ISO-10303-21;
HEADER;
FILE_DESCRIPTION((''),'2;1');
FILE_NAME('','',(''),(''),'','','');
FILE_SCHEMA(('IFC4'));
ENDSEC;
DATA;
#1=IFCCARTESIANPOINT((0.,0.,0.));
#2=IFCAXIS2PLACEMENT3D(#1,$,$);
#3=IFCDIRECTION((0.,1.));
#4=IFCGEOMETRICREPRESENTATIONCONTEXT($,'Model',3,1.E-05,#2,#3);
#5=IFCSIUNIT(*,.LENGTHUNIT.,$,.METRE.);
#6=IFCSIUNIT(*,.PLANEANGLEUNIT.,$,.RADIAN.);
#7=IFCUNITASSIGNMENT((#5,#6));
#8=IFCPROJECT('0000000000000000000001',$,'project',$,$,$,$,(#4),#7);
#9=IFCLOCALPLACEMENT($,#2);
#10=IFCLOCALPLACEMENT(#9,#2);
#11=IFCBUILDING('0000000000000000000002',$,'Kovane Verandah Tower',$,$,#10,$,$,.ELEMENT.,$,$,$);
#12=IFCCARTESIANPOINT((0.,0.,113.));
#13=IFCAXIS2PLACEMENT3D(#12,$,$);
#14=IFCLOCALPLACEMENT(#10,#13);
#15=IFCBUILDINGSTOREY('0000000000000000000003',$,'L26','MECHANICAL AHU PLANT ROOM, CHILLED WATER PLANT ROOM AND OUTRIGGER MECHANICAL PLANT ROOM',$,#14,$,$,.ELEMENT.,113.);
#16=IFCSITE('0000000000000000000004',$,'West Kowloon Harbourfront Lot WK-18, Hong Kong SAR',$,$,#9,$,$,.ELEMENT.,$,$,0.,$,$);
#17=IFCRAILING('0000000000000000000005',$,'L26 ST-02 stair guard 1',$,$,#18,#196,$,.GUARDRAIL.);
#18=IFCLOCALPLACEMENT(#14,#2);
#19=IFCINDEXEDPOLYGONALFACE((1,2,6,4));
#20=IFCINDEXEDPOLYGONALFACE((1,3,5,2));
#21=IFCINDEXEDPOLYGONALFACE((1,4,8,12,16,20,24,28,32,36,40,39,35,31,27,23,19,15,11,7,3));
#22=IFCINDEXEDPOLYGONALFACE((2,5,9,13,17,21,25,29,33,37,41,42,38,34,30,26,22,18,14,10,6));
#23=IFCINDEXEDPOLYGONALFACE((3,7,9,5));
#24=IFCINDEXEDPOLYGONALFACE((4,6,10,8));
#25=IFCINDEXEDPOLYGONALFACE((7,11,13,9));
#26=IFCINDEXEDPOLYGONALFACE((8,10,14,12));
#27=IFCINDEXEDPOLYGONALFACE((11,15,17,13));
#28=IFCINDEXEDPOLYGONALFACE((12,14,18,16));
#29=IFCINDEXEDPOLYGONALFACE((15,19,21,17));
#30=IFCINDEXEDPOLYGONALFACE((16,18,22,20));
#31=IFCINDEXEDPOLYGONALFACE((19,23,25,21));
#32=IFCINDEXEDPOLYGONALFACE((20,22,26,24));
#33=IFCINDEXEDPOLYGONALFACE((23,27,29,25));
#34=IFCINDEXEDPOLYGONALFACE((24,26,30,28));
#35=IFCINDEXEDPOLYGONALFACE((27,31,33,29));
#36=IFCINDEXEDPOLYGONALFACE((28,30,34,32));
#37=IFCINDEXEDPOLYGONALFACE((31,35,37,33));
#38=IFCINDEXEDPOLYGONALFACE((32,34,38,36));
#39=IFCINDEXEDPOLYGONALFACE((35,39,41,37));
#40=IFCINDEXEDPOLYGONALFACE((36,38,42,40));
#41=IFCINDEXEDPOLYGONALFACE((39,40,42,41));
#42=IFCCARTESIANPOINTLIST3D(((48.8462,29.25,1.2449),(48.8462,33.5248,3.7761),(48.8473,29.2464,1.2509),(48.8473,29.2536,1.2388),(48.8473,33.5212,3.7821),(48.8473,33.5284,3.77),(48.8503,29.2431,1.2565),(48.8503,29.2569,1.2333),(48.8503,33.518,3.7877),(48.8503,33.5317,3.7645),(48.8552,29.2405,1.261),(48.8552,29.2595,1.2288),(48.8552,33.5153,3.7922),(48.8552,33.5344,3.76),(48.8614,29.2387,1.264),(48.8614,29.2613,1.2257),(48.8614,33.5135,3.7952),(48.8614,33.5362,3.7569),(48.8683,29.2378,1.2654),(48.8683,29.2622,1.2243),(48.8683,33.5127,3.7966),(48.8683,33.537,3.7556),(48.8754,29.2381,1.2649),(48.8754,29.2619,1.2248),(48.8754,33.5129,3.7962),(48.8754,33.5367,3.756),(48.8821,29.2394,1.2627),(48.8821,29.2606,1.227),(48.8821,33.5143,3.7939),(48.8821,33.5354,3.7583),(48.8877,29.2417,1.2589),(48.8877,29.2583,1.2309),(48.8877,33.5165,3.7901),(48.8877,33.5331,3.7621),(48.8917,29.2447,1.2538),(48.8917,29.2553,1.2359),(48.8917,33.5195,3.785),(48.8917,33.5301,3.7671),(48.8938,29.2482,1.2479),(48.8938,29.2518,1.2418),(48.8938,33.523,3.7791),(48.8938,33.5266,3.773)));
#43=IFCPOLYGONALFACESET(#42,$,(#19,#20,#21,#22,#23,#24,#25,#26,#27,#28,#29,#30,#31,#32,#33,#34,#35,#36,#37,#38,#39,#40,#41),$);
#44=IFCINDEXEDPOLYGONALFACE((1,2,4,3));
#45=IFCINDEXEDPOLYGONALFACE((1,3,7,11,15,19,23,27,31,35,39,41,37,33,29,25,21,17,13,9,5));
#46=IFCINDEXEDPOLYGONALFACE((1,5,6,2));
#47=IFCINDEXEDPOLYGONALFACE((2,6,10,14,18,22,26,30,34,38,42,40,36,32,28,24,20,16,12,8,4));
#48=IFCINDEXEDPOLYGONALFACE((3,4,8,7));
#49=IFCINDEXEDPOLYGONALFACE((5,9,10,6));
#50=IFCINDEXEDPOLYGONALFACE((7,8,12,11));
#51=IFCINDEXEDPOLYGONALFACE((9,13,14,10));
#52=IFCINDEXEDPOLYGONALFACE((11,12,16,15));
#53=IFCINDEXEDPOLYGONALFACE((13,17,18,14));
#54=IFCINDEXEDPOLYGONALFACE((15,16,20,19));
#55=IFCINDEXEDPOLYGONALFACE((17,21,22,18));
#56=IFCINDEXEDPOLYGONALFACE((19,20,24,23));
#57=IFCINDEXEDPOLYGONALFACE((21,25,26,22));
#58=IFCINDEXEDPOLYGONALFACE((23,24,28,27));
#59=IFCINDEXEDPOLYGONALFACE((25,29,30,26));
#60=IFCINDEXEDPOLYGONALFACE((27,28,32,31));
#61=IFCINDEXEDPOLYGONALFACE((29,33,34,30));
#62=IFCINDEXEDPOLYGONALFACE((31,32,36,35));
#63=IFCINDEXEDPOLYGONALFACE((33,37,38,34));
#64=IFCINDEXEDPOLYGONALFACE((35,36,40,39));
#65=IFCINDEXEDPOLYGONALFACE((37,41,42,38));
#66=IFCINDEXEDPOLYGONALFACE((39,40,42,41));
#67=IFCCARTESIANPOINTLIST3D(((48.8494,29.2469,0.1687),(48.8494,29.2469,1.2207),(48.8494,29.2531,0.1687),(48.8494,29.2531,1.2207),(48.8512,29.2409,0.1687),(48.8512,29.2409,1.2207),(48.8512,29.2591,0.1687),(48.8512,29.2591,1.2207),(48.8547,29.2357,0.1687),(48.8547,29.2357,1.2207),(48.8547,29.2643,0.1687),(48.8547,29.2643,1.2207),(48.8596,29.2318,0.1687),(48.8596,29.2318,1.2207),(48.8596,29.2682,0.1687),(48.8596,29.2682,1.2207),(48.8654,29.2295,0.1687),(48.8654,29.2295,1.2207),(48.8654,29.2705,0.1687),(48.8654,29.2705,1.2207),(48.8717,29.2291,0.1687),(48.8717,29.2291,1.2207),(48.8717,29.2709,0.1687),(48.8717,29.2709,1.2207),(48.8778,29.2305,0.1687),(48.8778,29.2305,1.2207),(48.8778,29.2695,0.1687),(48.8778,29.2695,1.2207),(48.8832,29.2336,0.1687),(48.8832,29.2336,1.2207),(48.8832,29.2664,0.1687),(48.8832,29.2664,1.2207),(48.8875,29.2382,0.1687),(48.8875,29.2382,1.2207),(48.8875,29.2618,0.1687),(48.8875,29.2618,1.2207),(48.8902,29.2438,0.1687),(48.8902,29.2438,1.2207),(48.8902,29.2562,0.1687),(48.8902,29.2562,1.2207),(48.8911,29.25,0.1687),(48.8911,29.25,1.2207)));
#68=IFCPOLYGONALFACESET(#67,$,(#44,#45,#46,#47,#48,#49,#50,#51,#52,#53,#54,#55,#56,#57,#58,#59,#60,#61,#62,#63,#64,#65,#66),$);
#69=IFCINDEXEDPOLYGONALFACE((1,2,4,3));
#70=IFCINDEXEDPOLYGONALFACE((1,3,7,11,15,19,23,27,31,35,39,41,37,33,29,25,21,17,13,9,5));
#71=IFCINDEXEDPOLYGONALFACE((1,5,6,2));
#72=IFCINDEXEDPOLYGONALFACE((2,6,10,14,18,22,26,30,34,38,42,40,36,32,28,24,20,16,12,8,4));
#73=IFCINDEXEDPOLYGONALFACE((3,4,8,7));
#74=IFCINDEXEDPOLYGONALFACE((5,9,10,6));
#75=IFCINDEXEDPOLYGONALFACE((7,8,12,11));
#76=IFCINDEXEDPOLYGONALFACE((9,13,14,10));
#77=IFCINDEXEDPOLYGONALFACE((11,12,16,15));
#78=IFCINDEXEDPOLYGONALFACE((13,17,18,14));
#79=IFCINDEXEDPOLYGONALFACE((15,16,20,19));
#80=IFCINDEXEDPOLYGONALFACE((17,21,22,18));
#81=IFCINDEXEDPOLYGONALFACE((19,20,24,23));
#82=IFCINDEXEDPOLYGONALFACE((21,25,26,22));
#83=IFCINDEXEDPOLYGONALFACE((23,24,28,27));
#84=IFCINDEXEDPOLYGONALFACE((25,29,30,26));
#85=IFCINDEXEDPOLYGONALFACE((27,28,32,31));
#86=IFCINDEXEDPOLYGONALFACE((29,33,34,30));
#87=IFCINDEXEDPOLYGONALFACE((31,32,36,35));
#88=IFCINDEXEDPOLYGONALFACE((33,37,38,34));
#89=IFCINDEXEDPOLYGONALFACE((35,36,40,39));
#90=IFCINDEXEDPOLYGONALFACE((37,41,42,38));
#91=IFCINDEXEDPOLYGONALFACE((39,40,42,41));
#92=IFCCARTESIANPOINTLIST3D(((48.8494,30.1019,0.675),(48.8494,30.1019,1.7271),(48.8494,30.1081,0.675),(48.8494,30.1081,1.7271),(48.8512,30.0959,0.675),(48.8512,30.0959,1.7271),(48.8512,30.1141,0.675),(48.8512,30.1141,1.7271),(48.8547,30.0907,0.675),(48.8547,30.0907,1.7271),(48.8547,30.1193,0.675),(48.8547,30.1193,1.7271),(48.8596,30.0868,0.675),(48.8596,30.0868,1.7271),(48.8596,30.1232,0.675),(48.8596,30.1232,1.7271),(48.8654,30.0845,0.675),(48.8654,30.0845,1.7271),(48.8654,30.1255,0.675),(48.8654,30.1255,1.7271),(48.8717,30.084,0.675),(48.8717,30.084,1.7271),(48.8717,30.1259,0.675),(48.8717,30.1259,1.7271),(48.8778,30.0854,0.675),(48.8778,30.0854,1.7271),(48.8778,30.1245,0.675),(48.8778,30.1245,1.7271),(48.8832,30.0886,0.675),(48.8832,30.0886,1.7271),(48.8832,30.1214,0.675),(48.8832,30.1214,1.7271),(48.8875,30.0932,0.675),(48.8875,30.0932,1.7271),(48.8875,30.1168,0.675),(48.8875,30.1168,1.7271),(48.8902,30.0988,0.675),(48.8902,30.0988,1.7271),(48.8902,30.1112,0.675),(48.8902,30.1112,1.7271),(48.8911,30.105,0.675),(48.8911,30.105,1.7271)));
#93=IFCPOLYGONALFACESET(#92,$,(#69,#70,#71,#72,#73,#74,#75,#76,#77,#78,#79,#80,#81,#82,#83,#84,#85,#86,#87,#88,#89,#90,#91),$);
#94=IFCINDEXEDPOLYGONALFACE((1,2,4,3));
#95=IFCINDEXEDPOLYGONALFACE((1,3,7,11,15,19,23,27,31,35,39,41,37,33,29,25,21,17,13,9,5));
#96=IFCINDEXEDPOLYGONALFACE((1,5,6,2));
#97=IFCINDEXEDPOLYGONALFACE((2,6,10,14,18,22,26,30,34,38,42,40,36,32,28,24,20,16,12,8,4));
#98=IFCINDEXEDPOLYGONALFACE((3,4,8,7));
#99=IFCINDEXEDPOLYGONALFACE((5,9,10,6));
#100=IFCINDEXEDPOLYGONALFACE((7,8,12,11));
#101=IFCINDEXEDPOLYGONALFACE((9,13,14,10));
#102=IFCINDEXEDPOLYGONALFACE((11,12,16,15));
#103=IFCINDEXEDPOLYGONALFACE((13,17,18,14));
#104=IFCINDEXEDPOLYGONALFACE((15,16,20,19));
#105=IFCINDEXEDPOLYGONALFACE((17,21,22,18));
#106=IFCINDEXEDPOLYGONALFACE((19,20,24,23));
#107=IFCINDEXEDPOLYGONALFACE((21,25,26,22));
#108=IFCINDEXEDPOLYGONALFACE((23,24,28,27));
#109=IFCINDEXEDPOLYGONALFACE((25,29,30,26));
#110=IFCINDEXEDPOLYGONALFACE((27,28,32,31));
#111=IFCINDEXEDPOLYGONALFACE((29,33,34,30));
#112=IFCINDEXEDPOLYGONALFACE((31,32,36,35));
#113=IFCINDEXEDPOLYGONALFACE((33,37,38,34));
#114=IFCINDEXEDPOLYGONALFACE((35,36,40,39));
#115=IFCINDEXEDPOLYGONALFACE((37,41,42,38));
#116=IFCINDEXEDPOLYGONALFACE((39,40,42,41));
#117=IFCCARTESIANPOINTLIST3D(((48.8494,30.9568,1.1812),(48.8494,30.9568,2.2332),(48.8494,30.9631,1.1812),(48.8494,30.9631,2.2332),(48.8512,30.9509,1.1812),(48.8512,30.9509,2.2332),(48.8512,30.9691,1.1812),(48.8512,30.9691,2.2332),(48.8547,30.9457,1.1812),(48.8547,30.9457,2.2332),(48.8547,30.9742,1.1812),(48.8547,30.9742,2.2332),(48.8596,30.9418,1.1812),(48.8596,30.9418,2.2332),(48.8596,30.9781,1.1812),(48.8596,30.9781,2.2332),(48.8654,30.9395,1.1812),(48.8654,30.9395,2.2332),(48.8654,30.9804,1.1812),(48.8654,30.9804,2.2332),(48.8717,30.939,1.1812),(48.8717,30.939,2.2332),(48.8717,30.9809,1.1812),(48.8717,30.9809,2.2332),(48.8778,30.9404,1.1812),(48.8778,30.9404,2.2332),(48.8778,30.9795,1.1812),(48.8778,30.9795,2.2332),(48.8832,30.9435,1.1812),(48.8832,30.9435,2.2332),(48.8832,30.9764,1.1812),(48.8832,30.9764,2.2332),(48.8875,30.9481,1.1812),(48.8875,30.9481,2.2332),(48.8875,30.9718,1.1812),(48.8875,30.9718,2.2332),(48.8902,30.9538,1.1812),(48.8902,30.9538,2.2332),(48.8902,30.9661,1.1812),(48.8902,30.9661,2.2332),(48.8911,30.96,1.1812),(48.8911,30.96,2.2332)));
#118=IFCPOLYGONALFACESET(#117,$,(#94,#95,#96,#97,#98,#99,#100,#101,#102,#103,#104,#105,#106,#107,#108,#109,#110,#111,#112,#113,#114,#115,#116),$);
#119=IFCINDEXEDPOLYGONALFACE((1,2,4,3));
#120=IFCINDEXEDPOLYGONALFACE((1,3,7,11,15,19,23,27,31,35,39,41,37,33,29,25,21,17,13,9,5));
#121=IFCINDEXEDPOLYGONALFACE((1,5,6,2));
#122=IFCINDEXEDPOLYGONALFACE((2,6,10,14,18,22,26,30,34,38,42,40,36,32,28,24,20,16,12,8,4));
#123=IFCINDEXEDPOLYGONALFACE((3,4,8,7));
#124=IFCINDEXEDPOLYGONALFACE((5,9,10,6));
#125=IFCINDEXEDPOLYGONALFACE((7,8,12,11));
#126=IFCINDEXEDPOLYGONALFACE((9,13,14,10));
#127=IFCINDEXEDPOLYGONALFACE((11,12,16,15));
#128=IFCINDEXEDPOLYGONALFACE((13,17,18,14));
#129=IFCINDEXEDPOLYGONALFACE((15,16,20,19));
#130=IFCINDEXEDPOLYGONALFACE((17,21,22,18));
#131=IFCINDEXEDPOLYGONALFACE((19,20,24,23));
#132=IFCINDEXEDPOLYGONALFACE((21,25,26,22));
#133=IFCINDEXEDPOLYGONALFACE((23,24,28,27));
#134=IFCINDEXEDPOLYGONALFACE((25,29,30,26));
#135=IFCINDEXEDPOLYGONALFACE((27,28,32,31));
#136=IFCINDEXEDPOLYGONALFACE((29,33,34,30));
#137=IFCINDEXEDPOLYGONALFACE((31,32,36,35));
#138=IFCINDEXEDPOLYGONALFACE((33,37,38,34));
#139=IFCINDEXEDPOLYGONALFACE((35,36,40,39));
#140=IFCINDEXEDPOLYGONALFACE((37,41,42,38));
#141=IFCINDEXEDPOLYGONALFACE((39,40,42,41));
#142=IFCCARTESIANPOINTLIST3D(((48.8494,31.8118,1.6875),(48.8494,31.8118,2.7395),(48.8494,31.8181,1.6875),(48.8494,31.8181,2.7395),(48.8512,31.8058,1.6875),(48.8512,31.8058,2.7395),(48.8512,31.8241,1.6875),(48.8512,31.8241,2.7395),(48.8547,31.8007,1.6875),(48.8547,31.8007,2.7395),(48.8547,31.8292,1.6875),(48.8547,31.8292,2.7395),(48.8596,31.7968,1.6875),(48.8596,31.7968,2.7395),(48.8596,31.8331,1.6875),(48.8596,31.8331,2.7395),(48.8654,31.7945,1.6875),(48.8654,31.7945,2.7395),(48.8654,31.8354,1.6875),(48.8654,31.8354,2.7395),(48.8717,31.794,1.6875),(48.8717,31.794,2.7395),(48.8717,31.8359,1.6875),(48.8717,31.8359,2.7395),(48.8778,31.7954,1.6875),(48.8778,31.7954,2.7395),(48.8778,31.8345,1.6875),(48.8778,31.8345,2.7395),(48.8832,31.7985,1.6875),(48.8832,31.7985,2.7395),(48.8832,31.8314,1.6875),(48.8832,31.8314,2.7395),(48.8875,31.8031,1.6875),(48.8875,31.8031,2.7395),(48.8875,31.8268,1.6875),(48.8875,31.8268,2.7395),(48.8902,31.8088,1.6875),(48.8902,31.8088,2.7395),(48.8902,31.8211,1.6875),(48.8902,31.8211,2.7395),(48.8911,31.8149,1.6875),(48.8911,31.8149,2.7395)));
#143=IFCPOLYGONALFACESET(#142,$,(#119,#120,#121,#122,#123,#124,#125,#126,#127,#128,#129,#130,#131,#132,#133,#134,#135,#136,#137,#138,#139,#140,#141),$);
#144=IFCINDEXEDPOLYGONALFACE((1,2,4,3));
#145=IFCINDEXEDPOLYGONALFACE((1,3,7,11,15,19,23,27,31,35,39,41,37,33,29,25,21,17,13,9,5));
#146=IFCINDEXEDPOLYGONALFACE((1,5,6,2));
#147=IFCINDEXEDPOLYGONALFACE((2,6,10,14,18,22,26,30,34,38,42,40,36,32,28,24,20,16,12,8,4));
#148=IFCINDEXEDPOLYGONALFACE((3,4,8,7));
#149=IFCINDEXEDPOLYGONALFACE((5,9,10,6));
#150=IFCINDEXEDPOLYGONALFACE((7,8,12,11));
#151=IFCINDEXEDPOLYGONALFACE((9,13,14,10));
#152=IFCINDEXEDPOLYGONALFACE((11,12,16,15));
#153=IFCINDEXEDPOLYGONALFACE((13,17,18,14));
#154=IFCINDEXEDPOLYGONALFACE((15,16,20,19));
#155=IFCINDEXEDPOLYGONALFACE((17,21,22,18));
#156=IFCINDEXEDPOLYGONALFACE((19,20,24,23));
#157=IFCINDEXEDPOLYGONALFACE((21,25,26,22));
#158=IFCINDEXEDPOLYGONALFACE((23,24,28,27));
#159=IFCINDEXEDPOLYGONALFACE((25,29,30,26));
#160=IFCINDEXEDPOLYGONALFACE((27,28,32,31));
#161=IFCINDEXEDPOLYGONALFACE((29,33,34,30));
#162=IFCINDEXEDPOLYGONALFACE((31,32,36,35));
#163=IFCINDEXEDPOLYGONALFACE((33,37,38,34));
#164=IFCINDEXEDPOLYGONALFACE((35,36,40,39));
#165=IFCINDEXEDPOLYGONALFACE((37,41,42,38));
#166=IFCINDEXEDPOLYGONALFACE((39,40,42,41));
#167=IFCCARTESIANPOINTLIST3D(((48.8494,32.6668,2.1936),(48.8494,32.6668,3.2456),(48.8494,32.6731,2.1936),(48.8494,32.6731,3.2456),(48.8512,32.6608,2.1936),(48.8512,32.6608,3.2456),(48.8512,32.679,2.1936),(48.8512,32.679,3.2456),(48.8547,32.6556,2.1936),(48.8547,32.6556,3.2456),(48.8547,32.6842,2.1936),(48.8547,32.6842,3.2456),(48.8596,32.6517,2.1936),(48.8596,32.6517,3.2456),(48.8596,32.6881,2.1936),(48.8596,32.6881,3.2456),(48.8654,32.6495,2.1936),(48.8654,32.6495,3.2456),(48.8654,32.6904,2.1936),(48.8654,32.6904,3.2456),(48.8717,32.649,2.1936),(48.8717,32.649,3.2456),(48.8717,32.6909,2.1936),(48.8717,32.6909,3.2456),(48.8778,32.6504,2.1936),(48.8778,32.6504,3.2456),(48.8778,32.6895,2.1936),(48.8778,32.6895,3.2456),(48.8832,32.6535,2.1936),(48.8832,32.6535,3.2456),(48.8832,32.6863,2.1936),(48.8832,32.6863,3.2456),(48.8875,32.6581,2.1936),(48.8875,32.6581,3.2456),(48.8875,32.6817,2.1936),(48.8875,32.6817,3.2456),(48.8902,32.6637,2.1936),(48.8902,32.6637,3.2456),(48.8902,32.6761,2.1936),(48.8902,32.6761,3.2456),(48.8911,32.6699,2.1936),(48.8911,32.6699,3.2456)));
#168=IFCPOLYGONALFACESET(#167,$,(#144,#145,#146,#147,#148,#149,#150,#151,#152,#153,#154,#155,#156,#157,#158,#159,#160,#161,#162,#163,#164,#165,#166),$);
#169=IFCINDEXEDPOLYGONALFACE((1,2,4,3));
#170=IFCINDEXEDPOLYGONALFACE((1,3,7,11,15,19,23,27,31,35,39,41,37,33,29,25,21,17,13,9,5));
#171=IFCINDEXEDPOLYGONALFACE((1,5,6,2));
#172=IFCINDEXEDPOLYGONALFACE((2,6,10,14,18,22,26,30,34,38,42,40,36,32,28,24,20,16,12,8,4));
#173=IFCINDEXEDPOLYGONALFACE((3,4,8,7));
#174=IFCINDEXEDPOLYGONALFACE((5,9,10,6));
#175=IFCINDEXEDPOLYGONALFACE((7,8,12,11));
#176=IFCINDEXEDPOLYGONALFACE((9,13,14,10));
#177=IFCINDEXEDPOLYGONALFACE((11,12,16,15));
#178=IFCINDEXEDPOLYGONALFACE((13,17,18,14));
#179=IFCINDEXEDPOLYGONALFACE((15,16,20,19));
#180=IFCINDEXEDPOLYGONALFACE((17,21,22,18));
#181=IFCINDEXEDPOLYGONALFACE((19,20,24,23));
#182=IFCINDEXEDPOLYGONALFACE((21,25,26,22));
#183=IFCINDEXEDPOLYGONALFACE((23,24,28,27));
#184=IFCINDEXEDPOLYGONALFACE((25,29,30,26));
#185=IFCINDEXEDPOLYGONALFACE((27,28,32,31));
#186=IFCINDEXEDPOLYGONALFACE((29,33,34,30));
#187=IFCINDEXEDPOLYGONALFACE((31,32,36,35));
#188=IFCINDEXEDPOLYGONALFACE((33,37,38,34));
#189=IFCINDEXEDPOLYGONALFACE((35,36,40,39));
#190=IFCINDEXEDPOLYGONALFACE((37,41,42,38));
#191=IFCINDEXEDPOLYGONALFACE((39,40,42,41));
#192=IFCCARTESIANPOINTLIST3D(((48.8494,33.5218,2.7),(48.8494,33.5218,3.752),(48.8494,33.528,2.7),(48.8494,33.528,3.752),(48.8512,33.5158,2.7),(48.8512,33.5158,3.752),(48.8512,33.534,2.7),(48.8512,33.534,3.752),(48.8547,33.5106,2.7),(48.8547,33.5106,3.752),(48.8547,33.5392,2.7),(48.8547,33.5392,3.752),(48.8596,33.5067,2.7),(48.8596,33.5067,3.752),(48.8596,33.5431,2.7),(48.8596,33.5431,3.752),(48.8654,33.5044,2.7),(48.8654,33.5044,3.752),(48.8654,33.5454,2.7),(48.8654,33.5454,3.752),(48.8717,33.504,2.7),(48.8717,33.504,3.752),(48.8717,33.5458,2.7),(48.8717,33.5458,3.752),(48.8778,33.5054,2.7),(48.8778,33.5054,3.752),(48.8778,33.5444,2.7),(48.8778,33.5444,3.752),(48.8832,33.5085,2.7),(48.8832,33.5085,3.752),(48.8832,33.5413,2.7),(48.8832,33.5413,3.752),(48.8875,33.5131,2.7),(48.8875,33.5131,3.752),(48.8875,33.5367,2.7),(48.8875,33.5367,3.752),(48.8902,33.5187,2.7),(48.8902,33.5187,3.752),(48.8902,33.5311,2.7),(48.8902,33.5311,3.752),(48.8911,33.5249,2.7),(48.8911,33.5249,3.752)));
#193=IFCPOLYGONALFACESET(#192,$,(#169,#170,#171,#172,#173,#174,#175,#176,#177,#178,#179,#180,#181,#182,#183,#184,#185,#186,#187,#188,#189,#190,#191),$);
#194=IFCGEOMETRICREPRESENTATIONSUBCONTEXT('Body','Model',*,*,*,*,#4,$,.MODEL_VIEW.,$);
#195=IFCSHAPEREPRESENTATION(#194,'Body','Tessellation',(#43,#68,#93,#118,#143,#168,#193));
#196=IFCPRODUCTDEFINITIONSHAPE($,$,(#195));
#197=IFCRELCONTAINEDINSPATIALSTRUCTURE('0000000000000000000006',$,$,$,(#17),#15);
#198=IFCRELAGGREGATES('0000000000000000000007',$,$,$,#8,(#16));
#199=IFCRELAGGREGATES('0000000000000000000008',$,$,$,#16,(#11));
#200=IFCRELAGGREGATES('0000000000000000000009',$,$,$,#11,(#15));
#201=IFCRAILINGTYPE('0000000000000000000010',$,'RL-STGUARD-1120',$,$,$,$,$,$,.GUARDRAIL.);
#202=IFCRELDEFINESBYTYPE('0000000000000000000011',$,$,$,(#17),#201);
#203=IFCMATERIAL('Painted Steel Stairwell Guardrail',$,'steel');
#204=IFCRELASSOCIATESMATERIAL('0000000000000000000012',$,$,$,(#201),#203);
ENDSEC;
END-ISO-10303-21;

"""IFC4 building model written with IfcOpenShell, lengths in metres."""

from ifc_helpers import new_model, si_unit, direction, frame, origin, origin_2d, place, context, subcontext, project, spatial, circle, extrude, material, type_object, element, save


model = new_model("IFC4")

# Units and contexts
model_context = context("Model", 3, precision=1e-05, world=origin(), true_north=direction((0.0, 1.0)))
body_context = subcontext(model_context, "Body", "Model", "MODEL_VIEW")
ifc_project = project(units=[si_unit("LENGTHUNIT", "METRE"), si_unit("PLANEANGLEUNIT", "RADIAN")], contexts=[model_context])

# Site, building, storey
site_placement = place(None, origin())
site = spatial("IfcSite", under=ifc_project, at=site_placement, Name="West Kowloon Harbourfront Lot WK-18, Hong Kong SAR", CompositionType="ELEMENT", RefElevation=0.0)
building_placement = place(site_placement, origin())
building = spatial("IfcBuilding", under=site, at=building_placement, Name="Kovane Verandah Tower", CompositionType="ELEMENT")
storey_placement = place(building_placement, frame((0.0, 0.0, 113.0)))
storey = spatial("IfcBuildingStorey", under=building, at=storey_placement, Name="L26", Description="MECHANICAL AHU PLANT ROOM, CHILLED WATER PLANT ROOM AND OUTRIGGER MECHANICAL PLANT ROOM", CompositionType="ELEMENT", Elevation=113.0)

# Railing
ifc_material_1 = material(Name="Painted Steel Stairwell Guardrail", Category="steel")
railing_type_1 = type_object("IfcRailingType", Name="RL-STGUARD-1120", PredefinedType="GUARDRAIL", material=ifc_material_1)
railing_1_placement = place(storey_placement, frame((48.8701, 29.25, 0.1687)))
element("IfcRailing", 1, at=railing_1_placement, inside=storey, type_object=railing_type_1, Name="L26 ST-02 stair guard 1", PredefinedType="GUARDRAIL", context=body_context, shape_type="SweptSolid", body=[
    extrude(circle(Radius=0.0239, at=origin_2d()), frame((0.0, 0.0, 1.0762), z_axis=(0.0, 0.86047, 0.509501), x_axis=(-1.0, 0.0, 0.0)), (0.0, 0.0, 1.0), 4.968),
    extrude(circle(Radius=0.021, at=origin_2d()), origin(), (0.0, 0.0, 1.0), 1.052),
    extrude(circle(Radius=0.021, at=origin_2d()), frame((0.0, 0.855, 0.5063)), (0.0, 0.0, 1.0), 1.052),
    extrude(circle(Radius=0.021, at=origin_2d()), frame((0.0, 1.71, 1.0125)), (0.0, 0.0, 1.0), 1.052),
    extrude(circle(Radius=0.021, at=origin_2d()), frame((0.0, 2.5649, 1.5188)), (0.0, 0.0, 1.0), 1.052),
    extrude(circle(Radius=0.021, at=origin_2d()), frame((0.0, 3.4199, 2.0249)), (0.0, 0.0, 1.0), 1.052),
    extrude(circle(Radius=0.021, at=origin_2d()), frame((0.0, 4.2749, 2.5312)), (0.0, 0.0, 1.0), 1.052),
])

save(model, "model.ifc")
